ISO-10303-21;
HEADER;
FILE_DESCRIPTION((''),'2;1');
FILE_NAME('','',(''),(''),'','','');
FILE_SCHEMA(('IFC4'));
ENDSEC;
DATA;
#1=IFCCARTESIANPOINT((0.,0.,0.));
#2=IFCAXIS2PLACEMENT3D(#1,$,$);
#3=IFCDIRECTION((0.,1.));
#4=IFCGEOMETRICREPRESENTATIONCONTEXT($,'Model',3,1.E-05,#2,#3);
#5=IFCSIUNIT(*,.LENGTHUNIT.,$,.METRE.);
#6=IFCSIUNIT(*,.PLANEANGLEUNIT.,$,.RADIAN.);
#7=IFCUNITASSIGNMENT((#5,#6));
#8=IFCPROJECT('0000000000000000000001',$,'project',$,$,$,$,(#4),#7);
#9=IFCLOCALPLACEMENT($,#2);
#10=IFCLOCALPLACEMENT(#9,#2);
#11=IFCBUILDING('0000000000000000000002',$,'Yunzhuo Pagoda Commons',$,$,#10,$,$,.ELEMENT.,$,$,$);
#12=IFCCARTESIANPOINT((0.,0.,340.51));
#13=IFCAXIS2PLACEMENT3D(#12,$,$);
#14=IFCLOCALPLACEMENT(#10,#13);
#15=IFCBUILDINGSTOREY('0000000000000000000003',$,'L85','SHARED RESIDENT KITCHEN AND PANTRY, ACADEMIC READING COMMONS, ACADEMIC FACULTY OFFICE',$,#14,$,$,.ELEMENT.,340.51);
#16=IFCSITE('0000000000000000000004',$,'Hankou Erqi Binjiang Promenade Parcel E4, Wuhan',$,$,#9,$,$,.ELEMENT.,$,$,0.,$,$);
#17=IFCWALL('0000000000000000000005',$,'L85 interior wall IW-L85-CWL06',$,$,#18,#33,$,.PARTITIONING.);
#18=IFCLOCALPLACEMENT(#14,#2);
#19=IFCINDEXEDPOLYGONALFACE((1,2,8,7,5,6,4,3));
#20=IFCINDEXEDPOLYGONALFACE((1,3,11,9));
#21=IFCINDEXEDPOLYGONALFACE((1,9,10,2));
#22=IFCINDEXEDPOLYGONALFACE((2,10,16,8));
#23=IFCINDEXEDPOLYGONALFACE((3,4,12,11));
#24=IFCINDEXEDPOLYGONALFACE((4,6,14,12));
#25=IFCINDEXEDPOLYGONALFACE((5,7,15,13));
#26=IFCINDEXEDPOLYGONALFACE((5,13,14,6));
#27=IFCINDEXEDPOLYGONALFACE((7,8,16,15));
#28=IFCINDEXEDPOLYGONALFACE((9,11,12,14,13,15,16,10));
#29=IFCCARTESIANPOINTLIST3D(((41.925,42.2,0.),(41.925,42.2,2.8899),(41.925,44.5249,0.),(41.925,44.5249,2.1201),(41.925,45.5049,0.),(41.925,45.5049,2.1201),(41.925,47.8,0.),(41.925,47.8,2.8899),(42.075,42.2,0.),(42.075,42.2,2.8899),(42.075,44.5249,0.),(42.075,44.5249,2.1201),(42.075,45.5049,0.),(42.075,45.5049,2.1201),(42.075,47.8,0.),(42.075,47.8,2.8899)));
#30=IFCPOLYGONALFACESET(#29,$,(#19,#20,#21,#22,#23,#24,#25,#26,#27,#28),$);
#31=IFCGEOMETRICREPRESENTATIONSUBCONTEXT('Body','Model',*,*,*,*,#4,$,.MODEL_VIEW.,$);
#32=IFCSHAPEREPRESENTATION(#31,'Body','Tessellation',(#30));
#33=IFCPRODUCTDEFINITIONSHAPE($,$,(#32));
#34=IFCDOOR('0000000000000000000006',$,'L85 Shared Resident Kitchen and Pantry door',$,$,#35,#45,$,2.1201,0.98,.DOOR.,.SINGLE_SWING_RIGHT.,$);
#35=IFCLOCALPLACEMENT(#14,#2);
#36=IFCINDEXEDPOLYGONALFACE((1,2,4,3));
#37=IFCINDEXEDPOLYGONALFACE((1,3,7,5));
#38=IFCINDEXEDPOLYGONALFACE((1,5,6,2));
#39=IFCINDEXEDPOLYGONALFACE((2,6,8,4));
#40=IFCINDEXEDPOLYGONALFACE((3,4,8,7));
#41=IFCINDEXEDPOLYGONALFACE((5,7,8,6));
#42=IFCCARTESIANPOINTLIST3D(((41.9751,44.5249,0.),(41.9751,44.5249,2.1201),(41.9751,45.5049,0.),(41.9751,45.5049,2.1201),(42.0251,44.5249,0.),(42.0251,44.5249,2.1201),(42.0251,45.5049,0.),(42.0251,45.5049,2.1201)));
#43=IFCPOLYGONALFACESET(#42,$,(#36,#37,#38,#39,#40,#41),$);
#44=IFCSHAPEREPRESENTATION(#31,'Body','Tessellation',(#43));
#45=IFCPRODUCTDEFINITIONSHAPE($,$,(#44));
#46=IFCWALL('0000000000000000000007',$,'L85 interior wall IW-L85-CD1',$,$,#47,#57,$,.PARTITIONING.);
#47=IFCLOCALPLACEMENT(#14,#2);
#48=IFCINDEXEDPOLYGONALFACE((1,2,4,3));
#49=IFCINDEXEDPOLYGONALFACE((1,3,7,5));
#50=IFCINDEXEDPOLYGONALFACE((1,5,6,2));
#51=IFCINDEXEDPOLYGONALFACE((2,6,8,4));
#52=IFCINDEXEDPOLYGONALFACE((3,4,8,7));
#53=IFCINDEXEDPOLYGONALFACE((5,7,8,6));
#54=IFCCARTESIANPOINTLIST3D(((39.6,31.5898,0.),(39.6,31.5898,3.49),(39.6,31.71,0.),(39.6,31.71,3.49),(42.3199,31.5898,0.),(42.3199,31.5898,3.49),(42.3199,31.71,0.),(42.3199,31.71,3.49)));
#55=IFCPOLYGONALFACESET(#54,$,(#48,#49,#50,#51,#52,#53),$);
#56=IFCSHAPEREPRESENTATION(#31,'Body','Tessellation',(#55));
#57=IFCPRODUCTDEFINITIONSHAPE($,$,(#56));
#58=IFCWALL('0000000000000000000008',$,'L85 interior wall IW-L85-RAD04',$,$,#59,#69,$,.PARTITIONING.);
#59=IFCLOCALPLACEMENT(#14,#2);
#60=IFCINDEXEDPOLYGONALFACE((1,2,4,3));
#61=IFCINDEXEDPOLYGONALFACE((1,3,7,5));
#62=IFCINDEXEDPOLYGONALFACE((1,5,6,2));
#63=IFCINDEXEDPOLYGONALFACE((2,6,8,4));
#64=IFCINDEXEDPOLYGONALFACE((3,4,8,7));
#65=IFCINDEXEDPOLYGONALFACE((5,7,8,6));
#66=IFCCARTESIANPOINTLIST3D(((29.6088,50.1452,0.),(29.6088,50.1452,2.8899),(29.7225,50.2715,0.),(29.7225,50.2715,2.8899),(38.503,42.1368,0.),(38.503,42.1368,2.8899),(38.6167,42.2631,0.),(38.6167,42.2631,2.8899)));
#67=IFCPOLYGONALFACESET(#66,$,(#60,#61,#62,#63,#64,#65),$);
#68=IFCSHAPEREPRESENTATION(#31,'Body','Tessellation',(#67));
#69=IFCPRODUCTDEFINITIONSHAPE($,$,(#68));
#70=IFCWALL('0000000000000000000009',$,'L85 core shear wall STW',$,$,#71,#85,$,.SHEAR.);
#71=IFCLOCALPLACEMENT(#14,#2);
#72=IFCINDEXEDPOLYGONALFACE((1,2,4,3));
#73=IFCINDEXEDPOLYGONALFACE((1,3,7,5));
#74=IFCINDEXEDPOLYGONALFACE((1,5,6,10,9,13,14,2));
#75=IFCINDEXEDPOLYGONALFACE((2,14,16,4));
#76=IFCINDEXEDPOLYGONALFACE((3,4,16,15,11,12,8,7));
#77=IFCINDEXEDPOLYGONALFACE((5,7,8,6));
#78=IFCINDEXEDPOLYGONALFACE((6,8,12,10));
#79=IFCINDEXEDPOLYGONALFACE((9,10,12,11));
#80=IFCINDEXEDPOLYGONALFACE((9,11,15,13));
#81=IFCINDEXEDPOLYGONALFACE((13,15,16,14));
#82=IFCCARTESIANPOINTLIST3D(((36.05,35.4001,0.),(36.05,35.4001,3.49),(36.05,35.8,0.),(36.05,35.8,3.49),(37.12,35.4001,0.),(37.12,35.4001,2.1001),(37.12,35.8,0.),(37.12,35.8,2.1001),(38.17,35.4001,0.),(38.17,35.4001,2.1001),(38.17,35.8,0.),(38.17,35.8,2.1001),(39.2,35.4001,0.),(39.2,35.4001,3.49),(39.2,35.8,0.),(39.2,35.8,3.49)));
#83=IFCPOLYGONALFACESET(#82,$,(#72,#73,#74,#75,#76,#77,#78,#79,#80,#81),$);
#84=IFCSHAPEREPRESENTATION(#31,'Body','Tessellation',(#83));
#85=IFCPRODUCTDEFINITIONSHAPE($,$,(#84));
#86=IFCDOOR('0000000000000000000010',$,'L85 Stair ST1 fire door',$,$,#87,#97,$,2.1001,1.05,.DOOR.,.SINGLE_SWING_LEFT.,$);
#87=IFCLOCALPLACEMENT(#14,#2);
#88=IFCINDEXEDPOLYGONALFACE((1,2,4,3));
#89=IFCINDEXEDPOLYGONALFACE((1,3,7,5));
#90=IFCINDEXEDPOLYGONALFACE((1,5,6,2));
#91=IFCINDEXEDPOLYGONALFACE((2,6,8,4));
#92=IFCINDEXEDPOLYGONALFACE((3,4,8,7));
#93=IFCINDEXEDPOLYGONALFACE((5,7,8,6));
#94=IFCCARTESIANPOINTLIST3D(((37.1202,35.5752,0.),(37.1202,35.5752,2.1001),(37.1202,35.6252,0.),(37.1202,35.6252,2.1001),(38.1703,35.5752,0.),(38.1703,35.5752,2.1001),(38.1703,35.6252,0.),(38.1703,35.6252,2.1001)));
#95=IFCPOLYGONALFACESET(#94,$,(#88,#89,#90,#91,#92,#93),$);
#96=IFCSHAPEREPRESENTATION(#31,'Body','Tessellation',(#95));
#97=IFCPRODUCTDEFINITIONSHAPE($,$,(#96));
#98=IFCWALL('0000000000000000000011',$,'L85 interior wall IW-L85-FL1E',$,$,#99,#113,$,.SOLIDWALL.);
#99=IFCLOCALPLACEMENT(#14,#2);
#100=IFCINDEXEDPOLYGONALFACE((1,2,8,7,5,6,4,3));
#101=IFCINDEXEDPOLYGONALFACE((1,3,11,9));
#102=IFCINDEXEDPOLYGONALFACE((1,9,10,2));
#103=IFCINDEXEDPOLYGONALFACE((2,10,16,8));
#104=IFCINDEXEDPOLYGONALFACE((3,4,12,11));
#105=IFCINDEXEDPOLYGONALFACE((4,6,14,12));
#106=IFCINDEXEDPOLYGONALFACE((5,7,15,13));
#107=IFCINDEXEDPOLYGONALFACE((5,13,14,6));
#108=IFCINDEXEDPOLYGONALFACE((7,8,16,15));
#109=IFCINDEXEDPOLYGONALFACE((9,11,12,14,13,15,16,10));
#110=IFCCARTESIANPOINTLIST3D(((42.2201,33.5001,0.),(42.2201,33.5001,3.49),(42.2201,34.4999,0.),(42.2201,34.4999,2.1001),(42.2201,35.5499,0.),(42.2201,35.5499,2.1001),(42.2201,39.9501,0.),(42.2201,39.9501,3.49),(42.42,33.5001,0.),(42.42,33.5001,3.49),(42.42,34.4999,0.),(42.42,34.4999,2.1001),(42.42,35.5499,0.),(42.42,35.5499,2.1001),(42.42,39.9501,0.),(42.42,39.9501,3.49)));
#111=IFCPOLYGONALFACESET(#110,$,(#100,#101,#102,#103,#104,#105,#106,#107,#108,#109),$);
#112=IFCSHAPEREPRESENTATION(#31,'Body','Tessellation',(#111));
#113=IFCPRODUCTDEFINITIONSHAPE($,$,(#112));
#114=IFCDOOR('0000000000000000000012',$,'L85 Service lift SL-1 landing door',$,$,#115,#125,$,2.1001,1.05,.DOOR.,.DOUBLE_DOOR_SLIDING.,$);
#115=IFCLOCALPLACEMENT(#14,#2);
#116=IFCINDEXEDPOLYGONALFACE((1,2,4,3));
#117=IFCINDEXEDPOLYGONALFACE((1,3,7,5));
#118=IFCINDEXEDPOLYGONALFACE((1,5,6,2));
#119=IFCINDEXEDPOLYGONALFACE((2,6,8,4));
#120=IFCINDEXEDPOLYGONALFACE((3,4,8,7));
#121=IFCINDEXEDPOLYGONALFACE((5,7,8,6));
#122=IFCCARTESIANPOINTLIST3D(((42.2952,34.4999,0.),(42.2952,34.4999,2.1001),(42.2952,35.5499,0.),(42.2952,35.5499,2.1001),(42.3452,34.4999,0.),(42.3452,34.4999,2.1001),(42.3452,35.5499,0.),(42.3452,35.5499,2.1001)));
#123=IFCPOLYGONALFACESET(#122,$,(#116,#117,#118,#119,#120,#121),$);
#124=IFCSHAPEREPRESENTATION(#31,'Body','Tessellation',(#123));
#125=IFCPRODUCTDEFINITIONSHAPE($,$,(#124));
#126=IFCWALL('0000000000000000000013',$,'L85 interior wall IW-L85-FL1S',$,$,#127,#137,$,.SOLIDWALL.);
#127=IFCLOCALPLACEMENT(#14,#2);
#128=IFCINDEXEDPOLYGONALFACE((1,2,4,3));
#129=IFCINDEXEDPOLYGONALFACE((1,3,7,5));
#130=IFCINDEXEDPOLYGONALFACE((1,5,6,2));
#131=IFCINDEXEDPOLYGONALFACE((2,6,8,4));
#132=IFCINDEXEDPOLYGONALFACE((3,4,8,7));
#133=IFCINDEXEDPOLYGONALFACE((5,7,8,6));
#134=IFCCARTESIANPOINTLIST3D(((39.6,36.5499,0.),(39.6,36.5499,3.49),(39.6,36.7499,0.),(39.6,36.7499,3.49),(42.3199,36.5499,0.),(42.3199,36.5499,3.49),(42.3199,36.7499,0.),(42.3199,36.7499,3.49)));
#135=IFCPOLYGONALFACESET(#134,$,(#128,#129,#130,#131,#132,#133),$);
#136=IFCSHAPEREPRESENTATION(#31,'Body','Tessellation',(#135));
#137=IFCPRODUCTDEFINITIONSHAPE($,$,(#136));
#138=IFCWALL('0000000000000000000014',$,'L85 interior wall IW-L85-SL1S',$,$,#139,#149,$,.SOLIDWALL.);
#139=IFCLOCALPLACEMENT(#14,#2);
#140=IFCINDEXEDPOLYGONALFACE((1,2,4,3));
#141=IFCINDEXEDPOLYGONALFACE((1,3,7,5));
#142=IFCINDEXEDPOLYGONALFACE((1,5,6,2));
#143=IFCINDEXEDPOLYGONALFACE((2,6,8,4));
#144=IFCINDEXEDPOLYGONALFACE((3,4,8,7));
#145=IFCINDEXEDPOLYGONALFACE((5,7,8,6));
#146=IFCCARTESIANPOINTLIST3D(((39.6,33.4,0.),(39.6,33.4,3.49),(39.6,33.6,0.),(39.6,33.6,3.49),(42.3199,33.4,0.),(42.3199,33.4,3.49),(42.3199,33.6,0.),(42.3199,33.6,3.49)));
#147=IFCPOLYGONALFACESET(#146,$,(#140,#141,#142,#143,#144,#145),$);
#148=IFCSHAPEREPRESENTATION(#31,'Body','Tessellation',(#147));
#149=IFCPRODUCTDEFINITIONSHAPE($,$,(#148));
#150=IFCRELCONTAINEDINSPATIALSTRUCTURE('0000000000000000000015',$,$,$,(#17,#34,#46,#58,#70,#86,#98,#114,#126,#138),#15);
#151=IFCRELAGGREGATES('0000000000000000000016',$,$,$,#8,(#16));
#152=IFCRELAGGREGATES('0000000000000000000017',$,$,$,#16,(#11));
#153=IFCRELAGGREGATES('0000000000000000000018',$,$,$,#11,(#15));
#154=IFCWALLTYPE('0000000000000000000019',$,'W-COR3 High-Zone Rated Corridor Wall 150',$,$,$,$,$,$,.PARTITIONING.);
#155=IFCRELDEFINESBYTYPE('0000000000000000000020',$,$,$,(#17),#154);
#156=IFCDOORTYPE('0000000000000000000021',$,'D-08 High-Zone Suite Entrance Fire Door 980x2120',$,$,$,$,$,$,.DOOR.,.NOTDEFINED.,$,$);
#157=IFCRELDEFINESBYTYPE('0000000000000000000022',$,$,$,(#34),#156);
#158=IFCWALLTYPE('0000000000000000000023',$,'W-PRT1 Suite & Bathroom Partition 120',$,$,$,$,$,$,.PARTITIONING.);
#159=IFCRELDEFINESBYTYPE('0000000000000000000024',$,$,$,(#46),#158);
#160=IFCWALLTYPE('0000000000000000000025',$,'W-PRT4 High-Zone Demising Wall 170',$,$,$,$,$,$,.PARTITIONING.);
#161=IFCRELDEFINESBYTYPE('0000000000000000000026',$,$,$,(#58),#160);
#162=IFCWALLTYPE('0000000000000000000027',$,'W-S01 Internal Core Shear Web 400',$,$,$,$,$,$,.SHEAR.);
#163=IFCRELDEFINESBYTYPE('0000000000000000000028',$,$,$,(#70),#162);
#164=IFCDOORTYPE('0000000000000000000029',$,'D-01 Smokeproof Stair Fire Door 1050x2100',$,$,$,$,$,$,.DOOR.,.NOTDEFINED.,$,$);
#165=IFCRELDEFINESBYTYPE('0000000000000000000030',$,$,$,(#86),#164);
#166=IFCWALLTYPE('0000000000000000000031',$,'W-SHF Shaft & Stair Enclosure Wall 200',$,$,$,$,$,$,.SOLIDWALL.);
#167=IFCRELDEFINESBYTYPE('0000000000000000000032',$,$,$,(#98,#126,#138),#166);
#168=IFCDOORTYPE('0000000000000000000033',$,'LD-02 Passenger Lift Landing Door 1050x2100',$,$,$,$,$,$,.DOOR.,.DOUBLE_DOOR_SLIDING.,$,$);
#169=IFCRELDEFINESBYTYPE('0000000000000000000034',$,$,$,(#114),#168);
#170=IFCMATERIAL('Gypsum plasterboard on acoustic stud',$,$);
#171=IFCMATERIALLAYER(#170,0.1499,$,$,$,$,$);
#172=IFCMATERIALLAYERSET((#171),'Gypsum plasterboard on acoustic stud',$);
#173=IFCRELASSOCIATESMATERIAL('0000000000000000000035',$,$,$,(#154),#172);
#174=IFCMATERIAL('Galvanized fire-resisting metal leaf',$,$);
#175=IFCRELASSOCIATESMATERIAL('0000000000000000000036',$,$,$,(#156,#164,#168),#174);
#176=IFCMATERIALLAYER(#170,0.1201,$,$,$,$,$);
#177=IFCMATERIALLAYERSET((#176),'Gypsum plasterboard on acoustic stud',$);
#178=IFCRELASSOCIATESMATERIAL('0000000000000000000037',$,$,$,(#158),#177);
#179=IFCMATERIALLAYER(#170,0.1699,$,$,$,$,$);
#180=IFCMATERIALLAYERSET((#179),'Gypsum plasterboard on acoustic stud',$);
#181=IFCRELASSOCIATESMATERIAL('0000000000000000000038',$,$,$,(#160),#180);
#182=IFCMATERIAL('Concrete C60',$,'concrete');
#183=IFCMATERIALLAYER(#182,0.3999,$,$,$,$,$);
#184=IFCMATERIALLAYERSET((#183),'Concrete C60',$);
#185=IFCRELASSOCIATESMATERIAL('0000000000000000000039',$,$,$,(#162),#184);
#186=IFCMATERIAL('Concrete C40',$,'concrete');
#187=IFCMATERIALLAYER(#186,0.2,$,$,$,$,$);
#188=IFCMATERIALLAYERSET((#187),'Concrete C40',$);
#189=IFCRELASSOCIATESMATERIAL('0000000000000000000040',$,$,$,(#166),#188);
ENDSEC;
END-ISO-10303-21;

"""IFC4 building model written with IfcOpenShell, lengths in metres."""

from ifc_helpers import new_model, si_unit, direction, frame, frame_2d, origin, origin_with_axes, place, context, subcontext, project, spatial, rectangle, extrude, source, transform, mapped, material, layer, layer_set, type_object, element, fill, save


model = new_model("IFC4")

# Units and contexts
model_context = context("Model", 3, precision=1e-05, world=origin(), true_north=direction((0.0, 1.0)))
body_context = subcontext(model_context, "Body", "Model", "MODEL_VIEW")
ifc_project = project(units=[si_unit("LENGTHUNIT", "METRE"), si_unit("PLANEANGLEUNIT", "RADIAN")], contexts=[model_context])

# Site, building, storey
site_placement = place(None, origin())
site = spatial("IfcSite", under=ifc_project, at=site_placement, Name="Hankou Erqi Binjiang Promenade Parcel E4, Wuhan", CompositionType="ELEMENT", RefElevation=0.0)
building_placement = place(site_placement, origin())
building = spatial("IfcBuilding", under=site, at=building_placement, Name="Yunzhuo Pagoda Commons", CompositionType="ELEMENT")
storey_placement = place(building_placement, frame((0.0, 0.0, 340.51)))
storey = spatial("IfcBuildingStorey", under=building, at=storey_placement, Name="L85", Description="SHARED RESIDENT KITCHEN AND PANTRY, ACADEMIC READING COMMONS, ACADEMIC FACULTY OFFICE", CompositionType="ELEMENT", Elevation=340.51)

# Shared definitions
ifc_material_1 = material(Name="Gypsum plasterboard on acoustic stud")
ifc_layer_1 = layer(ifc_material_1, 0.1499)
ifc_layer_set_1 = layer_set([ifc_layer_1], Name="Gypsum plasterboard on acoustic stud")
wall_type_1 = type_object("IfcWallType", Name="W-COR3 High-Zone Rated Corridor Wall 150", PredefinedType="PARTITIONING", material=ifc_layer_set_1)

# Wall, opening, door
wall_1_placement = place(storey_placement, frame((42.0, 42.2, 0.0), z_axis=(0.0, 0.0, 1.0), x_axis=(0.0, 1.0, 0.0)))
wall_1 = element("IfcWall", 1, at=wall_1_placement, inside=storey, type_object=wall_type_1, Name="L85 interior wall IW-L85-CWL06", PredefinedType="PARTITIONING", context=body_context, shape_type="SweptSolid", body=[
    extrude(rectangle(XDim=5.6001, YDim=0.1499, at=frame_2d((2.8, 0.0))), origin(), (0.0, 0.0, 1.0), 2.8899),
])
opening_1_placement = place(wall_1_placement, frame((2.325, 0.0, 0.0)))
opening_1 = element("IfcOpeningElement", 2, at=opening_1_placement, cuts=wall_1, PredefinedType="OPENING", context=body_context, shape_type="SweptSolid", body=[
    extrude(rectangle(XDim=0.98, YDim=2.1201, at=frame_2d((0.49, 1.0601))), frame((0.0, 0.085, 0.0), z_axis=(0.0, -1.0, 0.0), x_axis=(1.0, 0.0, 0.0)), (0.0, 0.0, 1.0), 0.1699),
])
ifc_material_2 = material(Name="Galvanized fire-resisting metal leaf")
door_type_1 = type_object("IfcDoorType", Name="D-08 High-Zone Suite Entrance Fire Door 980x2120", OperationType="NOTDEFINED", PredefinedType="DOOR", material=ifc_material_2)
shared_shape_1 = source(origin(), body_context, "Body", "SweptSolid", [
    extrude(rectangle(XDim=0.98, YDim=2.1201, at=frame_2d((0.49, 1.0601))), frame((0.0, 0.0249, 0.0), z_axis=(0.0, -1.0, 0.0), x_axis=(1.0, 0.0, 0.0)), (0.0, 0.0, 1.0), 0.05),
])
door_1_placement = place(opening_1_placement, origin_with_axes())
door_1 = element("IfcDoor", 3, at=door_1_placement, inside=storey, type_object=door_type_1, Name="L85 Shared Resident Kitchen and Pantry door", OperationType="SINGLE_SWING_RIGHT", OverallHeight=2.1201, OverallWidth=0.98, PredefinedType="DOOR", context=body_context, shape_type="MappedRepresentation", body=[
    mapped(shared_shape_1, transform((0.0, 0.0, 0.0), scale=1.0)),
])
fill(opening_1, door_1)

# Walls
ifc_layer_2 = layer(ifc_material_1, 0.1201)
ifc_layer_set_2 = layer_set([ifc_layer_2], Name="Gypsum plasterboard on acoustic stud")
wall_type_2 = type_object("IfcWallType", Name="W-PRT1 Suite & Bathroom Partition 120", PredefinedType="PARTITIONING", material=ifc_layer_set_2)
wall_2_placement = place(storey_placement, frame((39.6001, 31.6499, 0.0), z_axis=(0.0, 0.0, 1.0), x_axis=(1.0, 0.0, 0.0)))
element("IfcWall", 4, at=wall_2_placement, inside=storey, type_object=wall_type_2, Name="L85 interior wall IW-L85-CD1", PredefinedType="PARTITIONING", context=body_context, shape_type="SweptSolid", body=[
    extrude(rectangle(XDim=2.72, YDim=0.1201, at=frame_2d((1.3599, 0.0))), origin(), (0.0, 0.0, 1.0), 3.49),
])
ifc_layer_3 = layer(ifc_material_1, 0.1699)
ifc_layer_set_3 = layer_set([ifc_layer_3], Name="Gypsum plasterboard on acoustic stud")
wall_type_3 = type_object("IfcWallType", Name="W-PRT4 High-Zone Demising Wall 170", PredefinedType="PARTITIONING", material=ifc_layer_set_3)
wall_3_placement = place(storey_placement, frame((38.5598, 42.2, 0.0), z_axis=(0.0, 0.0, 1.0), x_axis=(-0.743142, 0.669134, 0.0)))
element("IfcWall", 5, at=wall_3_placement, inside=storey, type_object=wall_type_3, Name="L85 interior wall IW-L85-RAD04", PredefinedType="PARTITIONING", context=body_context, shape_type="SweptSolid", body=[
    extrude(rectangle(XDim=11.9683, YDim=0.1699, at=frame_2d((5.9841, 0.0))), origin(), (0.0, 0.0, 1.0), 2.8899),
])

# Walls, openings, doors
ifc_material_3 = material(Name="Concrete C60", Category="concrete")
ifc_layer_4 = layer(ifc_material_3, 0.3999)
ifc_layer_set_4 = layer_set([ifc_layer_4], Name="Concrete C60")
wall_type_4 = type_object("IfcWallType", Name="W-S01 Internal Core Shear Web 400", PredefinedType="SHEAR", material=ifc_layer_set_4)
wall_4_placement = place(storey_placement, frame((36.05, 35.6001, 0.0), z_axis=(0.0, 0.0, 1.0), x_axis=(1.0, 0.0, 0.0)))
wall_4 = element("IfcWall", 6, at=wall_4_placement, inside=storey, type_object=wall_type_4, Name="L85 core shear wall STW", PredefinedType="SHEAR", context=body_context, shape_type="SweptSolid", body=[
    extrude(rectangle(XDim=3.1499, YDim=0.3999, at=frame_2d((1.575, 0.0))), origin(), (0.0, 0.0, 1.0), 3.49),
])
opening_2_placement = place(wall_4_placement, frame((1.0701, 0.0, 0.0)))
opening_2 = element("IfcOpeningElement", 7, at=opening_2_placement, cuts=wall_4, PredefinedType="OPENING", context=body_context, shape_type="SweptSolid", body=[
    extrude(rectangle(XDim=1.05, YDim=2.1001, at=frame_2d((0.5249, 1.05))), frame((0.0, 0.21, 0.0), z_axis=(0.0, -1.0, 0.0), x_axis=(1.0, 0.0, 0.0)), (0.0, 0.0, 1.0), 0.4199),
])
door_type_2 = type_object("IfcDoorType", Name="D-01 Smokeproof Stair Fire Door 1050x2100", OperationType="NOTDEFINED", PredefinedType="DOOR", material=ifc_material_2)
shared_shape_2 = source(origin(), body_context, "Body", "SweptSolid", [
    extrude(rectangle(XDim=1.05, YDim=2.1001, at=frame_2d((0.5249, 1.05))), frame((0.0, 0.0249, 0.0), z_axis=(0.0, -1.0, 0.0), x_axis=(1.0, 0.0, 0.0)), (0.0, 0.0, 1.0), 0.05),
])
door_2_placement = place(opening_2_placement, frame((1.05, 0.0, 0.0), z_axis=(0.0, 0.0, 1.0), x_axis=(-1.0, 0.0, 0.0)))
door_2 = element("IfcDoor", 8, at=door_2_placement, inside=storey, type_object=door_type_2, Name="L85 Stair ST1 fire door", OperationType="SINGLE_SWING_LEFT", OverallHeight=2.1001, OverallWidth=1.05, PredefinedType="DOOR", context=body_context, shape_type="MappedRepresentation", body=[
    mapped(shared_shape_2, transform((0.0, 0.0, 0.0), scale=1.0)),
])
fill(opening_2, door_2)
ifc_material_4 = material(Name="Concrete C40", Category="concrete")
ifc_layer_5 = layer(ifc_material_4, 0.2)
ifc_layer_set_5 = layer_set([ifc_layer_5], Name="Concrete C40")
wall_type_5 = type_object("IfcWallType", Name="W-SHF Shaft & Stair Enclosure Wall 200", PredefinedType="SOLIDWALL", material=ifc_layer_set_5)
wall_5_placement = place(storey_placement, frame((42.3201, 33.5, 0.0), z_axis=(0.0, 0.0, 1.0), x_axis=(0.0, 1.0, 0.0)))
wall_5 = element("IfcWall", 9, at=wall_5_placement, inside=storey, type_object=wall_type_5, Name="L85 interior wall IW-L85-FL1E", PredefinedType="SOLIDWALL", context=body_context, shape_type="SweptSolid", body=[
    extrude(rectangle(XDim=6.45, YDim=0.2, at=frame_2d((3.2251, 0.0))), origin(), (0.0, 0.0, 1.0), 3.49),
])
opening_3_placement = place(wall_5_placement, frame((1.0, 0.0, 0.0)))
opening_3 = element("IfcOpeningElement", 10, at=opening_3_placement, cuts=wall_5, PredefinedType="OPENING", context=body_context, shape_type="SweptSolid", body=[
    extrude(rectangle(XDim=1.05, YDim=2.1001, at=frame_2d((0.5249, 1.05))), frame((0.0, 0.1099, 0.0), z_axis=(0.0, -1.0, 0.0), x_axis=(1.0, 0.0, 0.0)), (0.0, 0.0, 1.0), 0.22),
])
door_type_3 = type_object("IfcDoorType", Name="LD-02 Passenger Lift Landing Door 1050x2100", OperationType="DOUBLE_DOOR_SLIDING", PredefinedType="DOOR", material=ifc_material_2)
door_3_placement = place(opening_3_placement, origin_with_axes())
door_3 = element("IfcDoor", 11, at=door_3_placement, inside=storey, type_object=door_type_3, Name="L85 Service lift SL-1 landing door", OperationType="DOUBLE_DOOR_SLIDING", OverallHeight=2.1001, OverallWidth=1.05, PredefinedType="DOOR", context=body_context, shape_type="MappedRepresentation", body=[
    mapped(shared_shape_2, transform((0.0, 0.0, 0.0), scale=1.0)),
])
fill(opening_3, door_3)

# Walls
for number, where, z_axis, x_axis, name in (
    (12, (39.6001, 36.6499, 0.0), (0.0, 0.0, 1.0), (1.0, 0.0, 0.0), "L85 interior wall IW-L85-FL1S"),
    (13, (39.6001, 33.5, 0.0), (0.0, 0.0, 1.0), (1.0, 0.0, 0.0), "L85 interior wall IW-L85-SL1S"),
):
    element("IfcWall", number, at=place(storey_placement, frame(where, z_axis=z_axis, x_axis=x_axis)), inside=storey, type_object=wall_type_5, Name=name, PredefinedType="SOLIDWALL", context=body_context, shape_type="SweptSolid", body=[
        extrude(rectangle(XDim=2.72, YDim=0.2, at=frame_2d((1.3599, 0.0))), origin(), (0.0, 0.0, 1.0), 3.49),
    ])

save(model, "model.ifc")
